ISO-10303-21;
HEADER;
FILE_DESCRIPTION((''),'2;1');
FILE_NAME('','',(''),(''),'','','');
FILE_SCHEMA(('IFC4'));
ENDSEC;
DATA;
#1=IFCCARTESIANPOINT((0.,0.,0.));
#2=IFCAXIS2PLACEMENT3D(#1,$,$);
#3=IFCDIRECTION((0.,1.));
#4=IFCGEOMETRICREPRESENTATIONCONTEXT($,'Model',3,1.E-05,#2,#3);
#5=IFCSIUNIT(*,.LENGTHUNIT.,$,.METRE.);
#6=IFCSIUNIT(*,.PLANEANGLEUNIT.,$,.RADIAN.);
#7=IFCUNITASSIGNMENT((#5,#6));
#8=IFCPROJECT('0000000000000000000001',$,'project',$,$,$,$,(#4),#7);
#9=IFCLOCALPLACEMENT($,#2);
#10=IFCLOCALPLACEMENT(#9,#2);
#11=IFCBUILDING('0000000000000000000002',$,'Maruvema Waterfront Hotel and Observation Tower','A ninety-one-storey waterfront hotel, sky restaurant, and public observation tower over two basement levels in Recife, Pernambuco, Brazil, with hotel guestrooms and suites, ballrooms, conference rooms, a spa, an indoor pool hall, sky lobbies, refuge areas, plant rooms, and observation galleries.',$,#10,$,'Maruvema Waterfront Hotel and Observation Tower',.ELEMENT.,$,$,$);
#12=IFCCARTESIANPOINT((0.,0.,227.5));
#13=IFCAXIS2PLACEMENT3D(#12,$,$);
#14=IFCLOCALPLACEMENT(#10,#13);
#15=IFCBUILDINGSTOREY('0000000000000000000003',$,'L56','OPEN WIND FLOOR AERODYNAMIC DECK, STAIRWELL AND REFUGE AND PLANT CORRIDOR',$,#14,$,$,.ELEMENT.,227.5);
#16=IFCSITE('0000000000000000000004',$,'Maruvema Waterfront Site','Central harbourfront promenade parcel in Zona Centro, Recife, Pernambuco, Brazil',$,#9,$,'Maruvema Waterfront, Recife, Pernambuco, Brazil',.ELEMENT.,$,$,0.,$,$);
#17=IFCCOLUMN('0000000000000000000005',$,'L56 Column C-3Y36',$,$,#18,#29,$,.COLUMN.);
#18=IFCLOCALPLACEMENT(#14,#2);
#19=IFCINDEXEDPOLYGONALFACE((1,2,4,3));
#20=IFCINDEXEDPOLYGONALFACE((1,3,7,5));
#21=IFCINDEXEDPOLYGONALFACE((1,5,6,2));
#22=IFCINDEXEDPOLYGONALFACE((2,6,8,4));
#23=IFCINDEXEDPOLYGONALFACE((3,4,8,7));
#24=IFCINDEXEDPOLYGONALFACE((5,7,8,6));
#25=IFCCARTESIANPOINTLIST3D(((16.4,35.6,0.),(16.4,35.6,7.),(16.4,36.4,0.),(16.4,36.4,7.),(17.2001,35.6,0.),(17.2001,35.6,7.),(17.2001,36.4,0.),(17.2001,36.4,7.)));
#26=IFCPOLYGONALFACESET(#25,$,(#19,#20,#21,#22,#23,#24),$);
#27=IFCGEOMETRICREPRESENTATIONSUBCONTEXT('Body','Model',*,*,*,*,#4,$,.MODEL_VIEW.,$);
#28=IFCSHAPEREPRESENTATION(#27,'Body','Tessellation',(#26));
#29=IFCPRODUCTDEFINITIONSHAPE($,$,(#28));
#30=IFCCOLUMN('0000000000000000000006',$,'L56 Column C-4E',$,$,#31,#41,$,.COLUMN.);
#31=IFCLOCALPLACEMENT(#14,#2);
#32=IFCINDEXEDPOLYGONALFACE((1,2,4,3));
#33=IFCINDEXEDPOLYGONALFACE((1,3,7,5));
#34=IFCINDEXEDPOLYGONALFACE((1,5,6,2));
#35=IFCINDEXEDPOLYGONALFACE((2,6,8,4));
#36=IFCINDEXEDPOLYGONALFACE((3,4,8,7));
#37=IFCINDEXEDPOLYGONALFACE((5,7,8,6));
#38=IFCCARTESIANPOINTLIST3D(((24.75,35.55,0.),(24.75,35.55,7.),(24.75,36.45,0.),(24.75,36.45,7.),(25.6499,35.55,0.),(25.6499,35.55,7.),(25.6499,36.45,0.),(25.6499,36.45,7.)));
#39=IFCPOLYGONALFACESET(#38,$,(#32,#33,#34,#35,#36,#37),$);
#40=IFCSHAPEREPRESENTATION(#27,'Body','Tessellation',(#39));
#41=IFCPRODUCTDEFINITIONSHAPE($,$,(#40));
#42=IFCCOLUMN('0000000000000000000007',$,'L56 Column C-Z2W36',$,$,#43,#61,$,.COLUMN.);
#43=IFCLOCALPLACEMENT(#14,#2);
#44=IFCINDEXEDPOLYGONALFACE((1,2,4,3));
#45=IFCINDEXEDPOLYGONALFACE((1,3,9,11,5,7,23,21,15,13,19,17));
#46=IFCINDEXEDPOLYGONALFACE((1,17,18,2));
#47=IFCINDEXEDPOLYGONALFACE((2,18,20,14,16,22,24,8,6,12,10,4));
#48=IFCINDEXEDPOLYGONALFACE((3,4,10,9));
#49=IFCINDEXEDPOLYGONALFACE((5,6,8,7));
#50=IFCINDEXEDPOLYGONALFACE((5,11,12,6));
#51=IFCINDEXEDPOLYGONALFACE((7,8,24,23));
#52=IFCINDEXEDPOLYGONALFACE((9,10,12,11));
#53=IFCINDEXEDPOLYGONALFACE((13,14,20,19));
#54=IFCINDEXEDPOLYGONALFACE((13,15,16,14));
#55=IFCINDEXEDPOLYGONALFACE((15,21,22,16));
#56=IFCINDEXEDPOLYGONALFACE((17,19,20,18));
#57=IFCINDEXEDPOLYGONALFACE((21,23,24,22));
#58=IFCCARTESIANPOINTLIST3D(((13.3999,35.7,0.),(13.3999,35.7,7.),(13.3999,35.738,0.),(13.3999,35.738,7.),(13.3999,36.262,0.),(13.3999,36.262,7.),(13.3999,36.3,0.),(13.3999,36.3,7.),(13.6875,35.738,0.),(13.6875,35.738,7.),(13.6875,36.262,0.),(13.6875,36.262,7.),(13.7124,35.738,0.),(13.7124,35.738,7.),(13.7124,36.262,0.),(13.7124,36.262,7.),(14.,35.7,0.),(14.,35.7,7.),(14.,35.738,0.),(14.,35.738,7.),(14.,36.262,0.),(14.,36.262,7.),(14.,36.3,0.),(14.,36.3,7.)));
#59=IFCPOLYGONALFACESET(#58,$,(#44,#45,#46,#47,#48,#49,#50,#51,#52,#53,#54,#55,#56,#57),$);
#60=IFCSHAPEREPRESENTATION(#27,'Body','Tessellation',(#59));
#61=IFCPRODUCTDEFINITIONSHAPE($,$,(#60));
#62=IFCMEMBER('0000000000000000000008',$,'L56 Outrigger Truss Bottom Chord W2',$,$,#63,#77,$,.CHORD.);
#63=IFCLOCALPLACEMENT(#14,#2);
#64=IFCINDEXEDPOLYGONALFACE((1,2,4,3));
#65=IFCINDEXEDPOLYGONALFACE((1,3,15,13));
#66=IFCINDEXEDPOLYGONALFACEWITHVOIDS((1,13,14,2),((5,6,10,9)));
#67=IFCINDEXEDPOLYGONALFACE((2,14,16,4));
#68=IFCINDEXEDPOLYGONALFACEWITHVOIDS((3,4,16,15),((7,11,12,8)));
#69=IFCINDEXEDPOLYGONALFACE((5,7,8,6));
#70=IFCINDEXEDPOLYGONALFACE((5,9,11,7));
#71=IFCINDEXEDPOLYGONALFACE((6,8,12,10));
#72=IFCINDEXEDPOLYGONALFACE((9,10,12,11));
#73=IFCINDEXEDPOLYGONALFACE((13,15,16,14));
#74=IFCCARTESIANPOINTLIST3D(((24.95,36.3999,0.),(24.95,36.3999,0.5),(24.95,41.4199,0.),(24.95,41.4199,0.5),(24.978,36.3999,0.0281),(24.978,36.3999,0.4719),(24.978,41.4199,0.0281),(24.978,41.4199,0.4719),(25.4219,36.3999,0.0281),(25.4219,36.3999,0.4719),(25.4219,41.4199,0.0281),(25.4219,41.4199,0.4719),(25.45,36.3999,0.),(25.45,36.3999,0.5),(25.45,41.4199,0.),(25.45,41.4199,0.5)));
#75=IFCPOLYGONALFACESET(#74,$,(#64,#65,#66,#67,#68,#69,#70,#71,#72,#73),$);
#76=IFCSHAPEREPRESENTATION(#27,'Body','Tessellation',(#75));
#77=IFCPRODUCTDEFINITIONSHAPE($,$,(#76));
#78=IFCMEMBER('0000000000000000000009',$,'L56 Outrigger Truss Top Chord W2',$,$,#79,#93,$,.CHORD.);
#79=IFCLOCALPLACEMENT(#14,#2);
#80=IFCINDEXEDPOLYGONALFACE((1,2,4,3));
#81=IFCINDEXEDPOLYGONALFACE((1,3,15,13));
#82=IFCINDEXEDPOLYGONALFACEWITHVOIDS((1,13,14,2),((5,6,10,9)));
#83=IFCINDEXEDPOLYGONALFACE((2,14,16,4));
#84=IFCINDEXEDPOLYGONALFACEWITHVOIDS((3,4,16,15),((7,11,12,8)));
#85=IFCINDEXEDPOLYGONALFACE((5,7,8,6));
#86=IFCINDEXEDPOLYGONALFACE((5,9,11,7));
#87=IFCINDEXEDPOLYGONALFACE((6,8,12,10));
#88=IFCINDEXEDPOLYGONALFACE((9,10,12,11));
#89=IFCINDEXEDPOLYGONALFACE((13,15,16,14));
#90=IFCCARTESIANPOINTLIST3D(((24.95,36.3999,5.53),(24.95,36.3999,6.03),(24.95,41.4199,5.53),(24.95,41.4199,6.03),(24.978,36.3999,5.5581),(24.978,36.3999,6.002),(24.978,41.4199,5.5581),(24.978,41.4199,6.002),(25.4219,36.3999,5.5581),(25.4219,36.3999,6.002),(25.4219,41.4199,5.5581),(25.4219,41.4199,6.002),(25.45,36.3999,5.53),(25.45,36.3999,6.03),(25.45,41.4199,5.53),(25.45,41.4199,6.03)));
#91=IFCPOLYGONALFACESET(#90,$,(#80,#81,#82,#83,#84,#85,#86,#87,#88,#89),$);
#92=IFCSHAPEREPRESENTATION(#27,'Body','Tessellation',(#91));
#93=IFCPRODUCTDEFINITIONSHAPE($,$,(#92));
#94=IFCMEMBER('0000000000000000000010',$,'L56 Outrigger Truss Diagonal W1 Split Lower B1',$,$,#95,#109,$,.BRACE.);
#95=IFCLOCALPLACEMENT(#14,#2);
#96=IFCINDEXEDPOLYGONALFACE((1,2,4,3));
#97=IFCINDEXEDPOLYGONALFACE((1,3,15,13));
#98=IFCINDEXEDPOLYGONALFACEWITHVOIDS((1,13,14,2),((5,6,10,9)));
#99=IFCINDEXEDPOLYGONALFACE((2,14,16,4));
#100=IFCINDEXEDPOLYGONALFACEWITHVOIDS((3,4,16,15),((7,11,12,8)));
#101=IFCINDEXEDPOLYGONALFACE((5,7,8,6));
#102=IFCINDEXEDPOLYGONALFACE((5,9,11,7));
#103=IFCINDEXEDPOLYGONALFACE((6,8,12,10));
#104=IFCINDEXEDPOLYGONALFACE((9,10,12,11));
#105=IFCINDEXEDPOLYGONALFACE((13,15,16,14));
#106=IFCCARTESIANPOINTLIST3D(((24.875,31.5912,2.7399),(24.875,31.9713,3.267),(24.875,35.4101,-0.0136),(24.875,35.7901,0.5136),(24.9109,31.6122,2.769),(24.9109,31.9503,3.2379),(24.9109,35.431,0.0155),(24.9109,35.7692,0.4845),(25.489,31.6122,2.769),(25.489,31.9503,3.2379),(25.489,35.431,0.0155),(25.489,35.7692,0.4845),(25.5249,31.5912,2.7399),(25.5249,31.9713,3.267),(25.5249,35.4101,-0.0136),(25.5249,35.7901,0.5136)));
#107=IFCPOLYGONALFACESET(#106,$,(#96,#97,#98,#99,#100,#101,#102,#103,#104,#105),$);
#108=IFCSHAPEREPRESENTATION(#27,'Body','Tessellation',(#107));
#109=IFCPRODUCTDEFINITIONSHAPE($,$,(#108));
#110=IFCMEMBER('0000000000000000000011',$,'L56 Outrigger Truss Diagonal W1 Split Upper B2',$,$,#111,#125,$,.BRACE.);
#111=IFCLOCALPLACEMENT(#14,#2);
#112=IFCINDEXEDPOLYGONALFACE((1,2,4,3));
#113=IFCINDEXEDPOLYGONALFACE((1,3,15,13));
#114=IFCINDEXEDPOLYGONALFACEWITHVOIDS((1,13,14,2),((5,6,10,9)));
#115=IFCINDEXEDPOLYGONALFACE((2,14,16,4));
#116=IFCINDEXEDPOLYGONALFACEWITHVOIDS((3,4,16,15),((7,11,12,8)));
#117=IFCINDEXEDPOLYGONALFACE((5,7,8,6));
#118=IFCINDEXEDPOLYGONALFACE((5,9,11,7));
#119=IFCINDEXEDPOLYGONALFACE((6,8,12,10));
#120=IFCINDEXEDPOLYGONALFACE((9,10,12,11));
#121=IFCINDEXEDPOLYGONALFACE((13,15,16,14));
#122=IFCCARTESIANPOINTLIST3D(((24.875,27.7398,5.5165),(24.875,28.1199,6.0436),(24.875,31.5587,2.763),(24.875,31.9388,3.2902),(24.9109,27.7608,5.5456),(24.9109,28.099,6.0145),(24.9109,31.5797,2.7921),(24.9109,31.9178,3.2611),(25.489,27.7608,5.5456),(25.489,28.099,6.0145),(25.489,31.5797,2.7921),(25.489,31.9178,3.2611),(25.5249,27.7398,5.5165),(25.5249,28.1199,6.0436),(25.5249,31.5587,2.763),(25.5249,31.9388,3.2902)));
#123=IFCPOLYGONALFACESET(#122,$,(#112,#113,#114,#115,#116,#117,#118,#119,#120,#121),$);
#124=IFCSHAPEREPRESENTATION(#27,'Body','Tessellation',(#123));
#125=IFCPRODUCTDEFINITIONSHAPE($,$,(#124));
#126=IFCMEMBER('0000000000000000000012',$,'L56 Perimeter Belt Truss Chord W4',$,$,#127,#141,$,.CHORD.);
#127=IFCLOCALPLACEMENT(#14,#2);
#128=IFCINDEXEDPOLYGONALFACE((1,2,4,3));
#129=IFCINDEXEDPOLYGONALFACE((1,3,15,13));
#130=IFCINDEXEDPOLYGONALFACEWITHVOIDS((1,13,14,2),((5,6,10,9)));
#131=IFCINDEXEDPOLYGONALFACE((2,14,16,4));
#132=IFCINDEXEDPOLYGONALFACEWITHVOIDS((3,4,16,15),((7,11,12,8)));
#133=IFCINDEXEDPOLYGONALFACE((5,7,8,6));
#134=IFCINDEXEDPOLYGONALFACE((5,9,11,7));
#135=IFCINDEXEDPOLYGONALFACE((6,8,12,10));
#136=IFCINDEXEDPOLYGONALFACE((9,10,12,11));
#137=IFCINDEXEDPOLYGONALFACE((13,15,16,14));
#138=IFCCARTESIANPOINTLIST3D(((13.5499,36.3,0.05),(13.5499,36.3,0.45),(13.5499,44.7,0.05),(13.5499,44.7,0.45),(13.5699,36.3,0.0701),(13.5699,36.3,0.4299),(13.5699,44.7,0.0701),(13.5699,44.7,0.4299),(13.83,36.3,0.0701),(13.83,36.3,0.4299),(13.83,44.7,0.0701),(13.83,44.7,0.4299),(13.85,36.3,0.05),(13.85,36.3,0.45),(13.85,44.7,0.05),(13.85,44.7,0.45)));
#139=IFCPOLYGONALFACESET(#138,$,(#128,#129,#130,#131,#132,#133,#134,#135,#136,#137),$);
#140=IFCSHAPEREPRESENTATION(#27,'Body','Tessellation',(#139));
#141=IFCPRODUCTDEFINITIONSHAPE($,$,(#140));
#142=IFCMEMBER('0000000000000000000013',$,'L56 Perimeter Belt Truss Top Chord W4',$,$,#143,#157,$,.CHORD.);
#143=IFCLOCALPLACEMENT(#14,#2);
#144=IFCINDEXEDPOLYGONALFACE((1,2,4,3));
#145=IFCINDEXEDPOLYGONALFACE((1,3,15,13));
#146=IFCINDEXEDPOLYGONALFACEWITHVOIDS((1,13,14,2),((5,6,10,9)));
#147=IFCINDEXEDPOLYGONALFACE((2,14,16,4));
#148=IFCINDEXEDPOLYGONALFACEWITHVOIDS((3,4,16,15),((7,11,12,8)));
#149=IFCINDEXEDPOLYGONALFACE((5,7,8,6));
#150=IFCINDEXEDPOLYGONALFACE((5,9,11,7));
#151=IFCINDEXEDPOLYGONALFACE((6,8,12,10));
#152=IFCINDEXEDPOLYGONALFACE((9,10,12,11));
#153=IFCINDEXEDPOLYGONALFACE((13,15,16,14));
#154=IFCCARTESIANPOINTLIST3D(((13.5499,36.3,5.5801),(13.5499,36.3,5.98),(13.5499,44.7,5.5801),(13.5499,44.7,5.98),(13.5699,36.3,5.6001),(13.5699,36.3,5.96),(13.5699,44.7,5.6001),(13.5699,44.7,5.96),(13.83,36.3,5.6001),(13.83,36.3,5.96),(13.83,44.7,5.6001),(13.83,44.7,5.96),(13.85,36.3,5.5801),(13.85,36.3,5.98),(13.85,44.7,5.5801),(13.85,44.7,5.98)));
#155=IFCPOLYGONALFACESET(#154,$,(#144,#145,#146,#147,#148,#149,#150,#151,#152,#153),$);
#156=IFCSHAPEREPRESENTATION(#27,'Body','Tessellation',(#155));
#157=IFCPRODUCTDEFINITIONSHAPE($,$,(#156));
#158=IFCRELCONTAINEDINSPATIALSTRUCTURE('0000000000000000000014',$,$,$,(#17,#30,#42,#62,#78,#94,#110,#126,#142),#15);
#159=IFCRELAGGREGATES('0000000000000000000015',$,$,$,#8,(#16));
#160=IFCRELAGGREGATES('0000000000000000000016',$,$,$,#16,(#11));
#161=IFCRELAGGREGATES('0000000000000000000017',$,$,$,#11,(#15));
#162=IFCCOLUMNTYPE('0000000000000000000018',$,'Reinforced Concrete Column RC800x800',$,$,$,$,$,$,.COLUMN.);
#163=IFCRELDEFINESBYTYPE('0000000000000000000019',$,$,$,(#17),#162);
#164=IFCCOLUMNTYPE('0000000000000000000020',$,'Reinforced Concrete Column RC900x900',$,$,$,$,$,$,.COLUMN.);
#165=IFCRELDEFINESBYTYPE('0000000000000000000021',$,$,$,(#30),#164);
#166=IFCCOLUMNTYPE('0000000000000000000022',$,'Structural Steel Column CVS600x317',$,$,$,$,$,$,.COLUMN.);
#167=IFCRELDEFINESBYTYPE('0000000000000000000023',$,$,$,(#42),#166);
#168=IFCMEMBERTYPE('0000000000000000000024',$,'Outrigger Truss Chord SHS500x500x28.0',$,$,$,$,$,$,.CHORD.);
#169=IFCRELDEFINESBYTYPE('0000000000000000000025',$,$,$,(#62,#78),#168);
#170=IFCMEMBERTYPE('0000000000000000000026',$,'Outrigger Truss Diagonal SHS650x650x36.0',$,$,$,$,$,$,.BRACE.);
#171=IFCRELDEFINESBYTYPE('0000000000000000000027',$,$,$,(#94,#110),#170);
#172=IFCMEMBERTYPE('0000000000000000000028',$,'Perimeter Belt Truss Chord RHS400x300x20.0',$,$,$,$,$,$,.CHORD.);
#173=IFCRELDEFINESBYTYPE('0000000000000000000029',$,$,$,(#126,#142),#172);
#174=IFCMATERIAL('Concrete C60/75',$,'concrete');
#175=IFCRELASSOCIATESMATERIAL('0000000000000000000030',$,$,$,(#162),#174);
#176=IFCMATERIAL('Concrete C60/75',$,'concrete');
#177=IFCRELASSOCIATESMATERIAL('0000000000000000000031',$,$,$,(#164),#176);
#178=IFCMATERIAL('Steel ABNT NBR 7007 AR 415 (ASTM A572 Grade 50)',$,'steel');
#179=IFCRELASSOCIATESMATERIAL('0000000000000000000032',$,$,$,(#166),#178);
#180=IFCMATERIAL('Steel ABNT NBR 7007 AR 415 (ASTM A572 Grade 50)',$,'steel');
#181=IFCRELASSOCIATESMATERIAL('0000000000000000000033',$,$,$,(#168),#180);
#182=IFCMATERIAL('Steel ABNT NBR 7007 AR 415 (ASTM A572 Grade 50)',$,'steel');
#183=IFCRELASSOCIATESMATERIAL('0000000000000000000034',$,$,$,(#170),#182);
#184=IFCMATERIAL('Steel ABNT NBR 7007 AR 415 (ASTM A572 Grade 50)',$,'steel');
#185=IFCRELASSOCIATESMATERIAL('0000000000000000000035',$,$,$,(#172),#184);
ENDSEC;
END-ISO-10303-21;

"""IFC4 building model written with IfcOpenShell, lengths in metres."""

from ifc_helpers import new_model, si_unit, direction, frame, origin, origin_2d, place, context, subcontext, project, spatial, rectangle, hollow_rectangle, i_section, extrude, material, material_profile, profile_set, type_object, element, save


model = new_model("IFC4")

# Units and contexts
model_context = context("Model", 3, precision=1e-05, world=origin(), true_north=direction((0.0, 1.0)))
body_context = subcontext(model_context, "Body", "Model", "MODEL_VIEW")
ifc_project = project(units=[si_unit("LENGTHUNIT", "METRE"), si_unit("PLANEANGLEUNIT", "RADIAN")], contexts=[model_context])

# Site, building, storey
site_placement = place(None, origin())
site = spatial("IfcSite", under=ifc_project, at=site_placement, Name="Maruvema Waterfront Site", Description="Central harbourfront promenade parcel in Zona Centro, Recife, Pernambuco, Brazil", LongName="Maruvema Waterfront, Recife, Pernambuco, Brazil", CompositionType="ELEMENT", RefElevation=0.0)
building_placement = place(site_placement, origin())
building = spatial("IfcBuilding", under=site, at=building_placement, Name="Maruvema Waterfront Hotel and Observation Tower", Description="A ninety-one-storey waterfront hotel, sky restaurant, and public observation tower over two basement levels in Recife, Pernambuco, Brazil, with hotel guestrooms and suites, ballrooms, conference rooms, a spa, an indoor pool hall, sky lobbies, refuge areas, plant rooms, and observation galleries.", LongName="Maruvema Waterfront Hotel and Observation Tower", CompositionType="ELEMENT")
storey_placement = place(building_placement, frame((0.0, 0.0, 227.5)))
storey = spatial("IfcBuildingStorey", under=building, at=storey_placement, Name="L56", Description="OPEN WIND FLOOR AERODYNAMIC DECK, STAIRWELL AND REFUGE AND PLANT CORRIDOR", CompositionType="ELEMENT", Elevation=227.5)

# Columns
ifc_material_1 = material(Name="Concrete C60/75", Category="concrete")
ifc_material_profile_1 = material_profile(ifc_material_1, rectangle(XDim=0.8, YDim=0.8, at=origin_2d()), Name="RC800x800")
ifc_profile_set_1 = profile_set([ifc_material_profile_1], Name="Concrete C60/75")
column_type_1 = type_object("IfcColumnType", Name="Reinforced Concrete Column RC800x800", PredefinedType="COLUMN", material=ifc_profile_set_1)
column_1_placement = place(storey_placement, frame((16.8, 36.0, 0.0), z_axis=(0.0, 0.0, 1.0), x_axis=(1.0, 0.0, 0.0)))
element("IfcColumn", 1, at=column_1_placement, inside=storey, type_object=column_type_1, Name="L56 Column C-3Y36", PredefinedType="COLUMN", context=body_context, shape_type="SweptSolid", body=[
    extrude(rectangle(XDim=0.8, YDim=0.8, at=origin_2d()), origin(), (0.0, 0.0, 1.0), 7.0),
])
ifc_material_2 = material(Name="Concrete C60/75", Category="concrete")
ifc_material_profile_2 = material_profile(ifc_material_2, rectangle(XDim=0.8999, YDim=0.8999, at=origin_2d()), Name="RC900x900")
ifc_profile_set_2 = profile_set([ifc_material_profile_2], Name="Concrete C60/75")
column_type_2 = type_object("IfcColumnType", Name="Reinforced Concrete Column RC900x900", PredefinedType="COLUMN", material=ifc_profile_set_2)
column_2_placement = place(storey_placement, frame((25.2, 36.0, 0.0), z_axis=(0.0, 0.0, 1.0), x_axis=(1.0, 0.0, 0.0)))
element("IfcColumn", 2, at=column_2_placement, inside=storey, type_object=column_type_2, Name="L56 Column C-4E", PredefinedType="COLUMN", context=body_context, shape_type="SweptSolid", body=[
    extrude(rectangle(XDim=0.8999, YDim=0.8999, at=origin_2d()), origin(), (0.0, 0.0, 1.0), 7.0),
])
ifc_material_3 = material(Name="Steel ABNT NBR 7007 AR 415 (ASTM A572 Grade 50)", Category="steel")
ifc_material_profile_3 = material_profile(ifc_material_3, i_section(OverallWidth=0.6001, OverallDepth=0.6001, WebThickness=0.0249, FlangeThickness=0.0381, at=origin_2d()), Name="CVS600x317")
ifc_profile_set_3 = profile_set([ifc_material_profile_3], Name="Steel ABNT NBR 7007 AR 415 (ASTM A572 Grade 50)")
column_type_3 = type_object("IfcColumnType", Name="Structural Steel Column CVS600x317", PredefinedType="COLUMN", material=ifc_profile_set_3)
column_3_placement = place(storey_placement, frame((13.7, 36.0, 0.0), z_axis=(0.0, 0.0, 1.0), x_axis=(1.0, 0.0, 0.0)))
element("IfcColumn", 3, at=column_3_placement, inside=storey, type_object=column_type_3, Name="L56 Column C-Z2W36", PredefinedType="COLUMN", context=body_context, shape_type="SweptSolid", body=[
    extrude(i_section(OverallWidth=0.6001, OverallDepth=0.6001, WebThickness=0.0249, FlangeThickness=0.0381, at=origin_2d()), origin(), (0.0, 0.0, 1.0), 7.0),
])

# Members
ifc_material_4 = material(Name="Steel ABNT NBR 7007 AR 415 (ASTM A572 Grade 50)", Category="steel")
ifc_material_profile_4 = material_profile(ifc_material_4, hollow_rectangle(XDim=0.5, YDim=0.5, WallThickness=0.0281, at=origin_2d()), Name="SHS500x500x28.0")
ifc_profile_set_4 = profile_set([ifc_material_profile_4], Name="Steel ABNT NBR 7007 AR 415 (ASTM A572 Grade 50)")
member_type_1 = type_object("IfcMemberType", Name="Outrigger Truss Chord SHS500x500x28.0", PredefinedType="CHORD", material=ifc_profile_set_4)
for number, where, z_axis, x_axis, name in (
    (4, (25.2, 36.3999, 0.25), (0.0, 1.0, 0.0), (-1.0, 0.0, 0.0), "L56 Outrigger Truss Bottom Chord W2"),
    (5, (25.2, 36.3999, 5.78), (0.0, 1.0, 0.0), (-1.0, 0.0, 0.0), "L56 Outrigger Truss Top Chord W2"),
):
    element("IfcMember", number, at=place(storey_placement, frame(where, z_axis=z_axis, x_axis=x_axis)), inside=storey, type_object=member_type_1, Name=name, PredefinedType="CHORD", context=body_context, shape_type="SweptSolid", body=[
        extrude(hollow_rectangle(XDim=0.5, YDim=0.5, WallThickness=0.0281, at=origin_2d()), origin(), (0.0, 0.0, 1.0), 5.02),
    ])
ifc_material_5 = material(Name="Steel ABNT NBR 7007 AR 415 (ASTM A572 Grade 50)", Category="steel")
ifc_material_profile_5 = material_profile(ifc_material_5, hollow_rectangle(XDim=0.6499, YDim=0.6499, WallThickness=0.0359, at=origin_2d()), Name="SHS650x650x36.0")
ifc_profile_set_5 = profile_set([ifc_material_profile_5], Name="Steel ABNT NBR 7007 AR 415 (ASTM A572 Grade 50)")
member_type_2 = type_object("IfcMemberType", Name="Outrigger Truss Diagonal SHS650x650x36.0", PredefinedType="BRACE", material=ifc_profile_set_5)
for number, where, z_axis, x_axis, name in (
    (6, (25.2, 35.6001, 0.25), (0.0, -0.811147, 0.584843), (1.0, 0.0, 0.0), "L56 Outrigger Truss Diagonal W1 Split Lower B1"),
    (7, (25.2, 31.7488, 3.0266), (0.0, -0.811147, 0.584843), (1.0, 0.0, 0.0), "L56 Outrigger Truss Diagonal W1 Split Upper B2"),
):
    element("IfcMember", number, at=place(storey_placement, frame(where, z_axis=z_axis, x_axis=x_axis)), inside=storey, type_object=member_type_2, Name=name, PredefinedType="BRACE", context=body_context, shape_type="SweptSolid", body=[
        extrude(hollow_rectangle(XDim=0.6499, YDim=0.6499, WallThickness=0.0359, at=origin_2d()), origin(), (0.0, 0.0, 1.0), 4.708),
    ])
ifc_material_6 = material(Name="Steel ABNT NBR 7007 AR 415 (ASTM A572 Grade 50)", Category="steel")
ifc_material_profile_6 = material_profile(ifc_material_6, hollow_rectangle(XDim=0.3, YDim=0.3999, WallThickness=0.02, at=origin_2d()), Name="RHS400x300x20.0")
ifc_profile_set_6 = profile_set([ifc_material_profile_6], Name="Steel ABNT NBR 7007 AR 415 (ASTM A572 Grade 50)")
member_type_3 = type_object("IfcMemberType", Name="Perimeter Belt Truss Chord RHS400x300x20.0", PredefinedType="CHORD", material=ifc_profile_set_6)
for number, where, z_axis, x_axis, name in (
    (8, (13.7, 36.3, 0.25), (0.0, 1.0, 0.0), (-1.0, 0.0, 0.0), "L56 Perimeter Belt Truss Chord W4"),
    (9, (13.7, 36.3, 5.78), (0.0, 1.0, 0.0), (-1.0, 0.0, 0.0), "L56 Perimeter Belt Truss Top Chord W4"),
):
    element("IfcMember", number, at=place(storey_placement, frame(where, z_axis=z_axis, x_axis=x_axis)), inside=storey, type_object=member_type_3, Name=name, PredefinedType="CHORD", context=body_context, shape_type="SweptSolid", body=[
        extrude(hollow_rectangle(XDim=0.3, YDim=0.3999, WallThickness=0.02, at=origin_2d()), origin(), (0.0, 0.0, 1.0), 8.3999),
    ])

save(model, "model.ifc")
